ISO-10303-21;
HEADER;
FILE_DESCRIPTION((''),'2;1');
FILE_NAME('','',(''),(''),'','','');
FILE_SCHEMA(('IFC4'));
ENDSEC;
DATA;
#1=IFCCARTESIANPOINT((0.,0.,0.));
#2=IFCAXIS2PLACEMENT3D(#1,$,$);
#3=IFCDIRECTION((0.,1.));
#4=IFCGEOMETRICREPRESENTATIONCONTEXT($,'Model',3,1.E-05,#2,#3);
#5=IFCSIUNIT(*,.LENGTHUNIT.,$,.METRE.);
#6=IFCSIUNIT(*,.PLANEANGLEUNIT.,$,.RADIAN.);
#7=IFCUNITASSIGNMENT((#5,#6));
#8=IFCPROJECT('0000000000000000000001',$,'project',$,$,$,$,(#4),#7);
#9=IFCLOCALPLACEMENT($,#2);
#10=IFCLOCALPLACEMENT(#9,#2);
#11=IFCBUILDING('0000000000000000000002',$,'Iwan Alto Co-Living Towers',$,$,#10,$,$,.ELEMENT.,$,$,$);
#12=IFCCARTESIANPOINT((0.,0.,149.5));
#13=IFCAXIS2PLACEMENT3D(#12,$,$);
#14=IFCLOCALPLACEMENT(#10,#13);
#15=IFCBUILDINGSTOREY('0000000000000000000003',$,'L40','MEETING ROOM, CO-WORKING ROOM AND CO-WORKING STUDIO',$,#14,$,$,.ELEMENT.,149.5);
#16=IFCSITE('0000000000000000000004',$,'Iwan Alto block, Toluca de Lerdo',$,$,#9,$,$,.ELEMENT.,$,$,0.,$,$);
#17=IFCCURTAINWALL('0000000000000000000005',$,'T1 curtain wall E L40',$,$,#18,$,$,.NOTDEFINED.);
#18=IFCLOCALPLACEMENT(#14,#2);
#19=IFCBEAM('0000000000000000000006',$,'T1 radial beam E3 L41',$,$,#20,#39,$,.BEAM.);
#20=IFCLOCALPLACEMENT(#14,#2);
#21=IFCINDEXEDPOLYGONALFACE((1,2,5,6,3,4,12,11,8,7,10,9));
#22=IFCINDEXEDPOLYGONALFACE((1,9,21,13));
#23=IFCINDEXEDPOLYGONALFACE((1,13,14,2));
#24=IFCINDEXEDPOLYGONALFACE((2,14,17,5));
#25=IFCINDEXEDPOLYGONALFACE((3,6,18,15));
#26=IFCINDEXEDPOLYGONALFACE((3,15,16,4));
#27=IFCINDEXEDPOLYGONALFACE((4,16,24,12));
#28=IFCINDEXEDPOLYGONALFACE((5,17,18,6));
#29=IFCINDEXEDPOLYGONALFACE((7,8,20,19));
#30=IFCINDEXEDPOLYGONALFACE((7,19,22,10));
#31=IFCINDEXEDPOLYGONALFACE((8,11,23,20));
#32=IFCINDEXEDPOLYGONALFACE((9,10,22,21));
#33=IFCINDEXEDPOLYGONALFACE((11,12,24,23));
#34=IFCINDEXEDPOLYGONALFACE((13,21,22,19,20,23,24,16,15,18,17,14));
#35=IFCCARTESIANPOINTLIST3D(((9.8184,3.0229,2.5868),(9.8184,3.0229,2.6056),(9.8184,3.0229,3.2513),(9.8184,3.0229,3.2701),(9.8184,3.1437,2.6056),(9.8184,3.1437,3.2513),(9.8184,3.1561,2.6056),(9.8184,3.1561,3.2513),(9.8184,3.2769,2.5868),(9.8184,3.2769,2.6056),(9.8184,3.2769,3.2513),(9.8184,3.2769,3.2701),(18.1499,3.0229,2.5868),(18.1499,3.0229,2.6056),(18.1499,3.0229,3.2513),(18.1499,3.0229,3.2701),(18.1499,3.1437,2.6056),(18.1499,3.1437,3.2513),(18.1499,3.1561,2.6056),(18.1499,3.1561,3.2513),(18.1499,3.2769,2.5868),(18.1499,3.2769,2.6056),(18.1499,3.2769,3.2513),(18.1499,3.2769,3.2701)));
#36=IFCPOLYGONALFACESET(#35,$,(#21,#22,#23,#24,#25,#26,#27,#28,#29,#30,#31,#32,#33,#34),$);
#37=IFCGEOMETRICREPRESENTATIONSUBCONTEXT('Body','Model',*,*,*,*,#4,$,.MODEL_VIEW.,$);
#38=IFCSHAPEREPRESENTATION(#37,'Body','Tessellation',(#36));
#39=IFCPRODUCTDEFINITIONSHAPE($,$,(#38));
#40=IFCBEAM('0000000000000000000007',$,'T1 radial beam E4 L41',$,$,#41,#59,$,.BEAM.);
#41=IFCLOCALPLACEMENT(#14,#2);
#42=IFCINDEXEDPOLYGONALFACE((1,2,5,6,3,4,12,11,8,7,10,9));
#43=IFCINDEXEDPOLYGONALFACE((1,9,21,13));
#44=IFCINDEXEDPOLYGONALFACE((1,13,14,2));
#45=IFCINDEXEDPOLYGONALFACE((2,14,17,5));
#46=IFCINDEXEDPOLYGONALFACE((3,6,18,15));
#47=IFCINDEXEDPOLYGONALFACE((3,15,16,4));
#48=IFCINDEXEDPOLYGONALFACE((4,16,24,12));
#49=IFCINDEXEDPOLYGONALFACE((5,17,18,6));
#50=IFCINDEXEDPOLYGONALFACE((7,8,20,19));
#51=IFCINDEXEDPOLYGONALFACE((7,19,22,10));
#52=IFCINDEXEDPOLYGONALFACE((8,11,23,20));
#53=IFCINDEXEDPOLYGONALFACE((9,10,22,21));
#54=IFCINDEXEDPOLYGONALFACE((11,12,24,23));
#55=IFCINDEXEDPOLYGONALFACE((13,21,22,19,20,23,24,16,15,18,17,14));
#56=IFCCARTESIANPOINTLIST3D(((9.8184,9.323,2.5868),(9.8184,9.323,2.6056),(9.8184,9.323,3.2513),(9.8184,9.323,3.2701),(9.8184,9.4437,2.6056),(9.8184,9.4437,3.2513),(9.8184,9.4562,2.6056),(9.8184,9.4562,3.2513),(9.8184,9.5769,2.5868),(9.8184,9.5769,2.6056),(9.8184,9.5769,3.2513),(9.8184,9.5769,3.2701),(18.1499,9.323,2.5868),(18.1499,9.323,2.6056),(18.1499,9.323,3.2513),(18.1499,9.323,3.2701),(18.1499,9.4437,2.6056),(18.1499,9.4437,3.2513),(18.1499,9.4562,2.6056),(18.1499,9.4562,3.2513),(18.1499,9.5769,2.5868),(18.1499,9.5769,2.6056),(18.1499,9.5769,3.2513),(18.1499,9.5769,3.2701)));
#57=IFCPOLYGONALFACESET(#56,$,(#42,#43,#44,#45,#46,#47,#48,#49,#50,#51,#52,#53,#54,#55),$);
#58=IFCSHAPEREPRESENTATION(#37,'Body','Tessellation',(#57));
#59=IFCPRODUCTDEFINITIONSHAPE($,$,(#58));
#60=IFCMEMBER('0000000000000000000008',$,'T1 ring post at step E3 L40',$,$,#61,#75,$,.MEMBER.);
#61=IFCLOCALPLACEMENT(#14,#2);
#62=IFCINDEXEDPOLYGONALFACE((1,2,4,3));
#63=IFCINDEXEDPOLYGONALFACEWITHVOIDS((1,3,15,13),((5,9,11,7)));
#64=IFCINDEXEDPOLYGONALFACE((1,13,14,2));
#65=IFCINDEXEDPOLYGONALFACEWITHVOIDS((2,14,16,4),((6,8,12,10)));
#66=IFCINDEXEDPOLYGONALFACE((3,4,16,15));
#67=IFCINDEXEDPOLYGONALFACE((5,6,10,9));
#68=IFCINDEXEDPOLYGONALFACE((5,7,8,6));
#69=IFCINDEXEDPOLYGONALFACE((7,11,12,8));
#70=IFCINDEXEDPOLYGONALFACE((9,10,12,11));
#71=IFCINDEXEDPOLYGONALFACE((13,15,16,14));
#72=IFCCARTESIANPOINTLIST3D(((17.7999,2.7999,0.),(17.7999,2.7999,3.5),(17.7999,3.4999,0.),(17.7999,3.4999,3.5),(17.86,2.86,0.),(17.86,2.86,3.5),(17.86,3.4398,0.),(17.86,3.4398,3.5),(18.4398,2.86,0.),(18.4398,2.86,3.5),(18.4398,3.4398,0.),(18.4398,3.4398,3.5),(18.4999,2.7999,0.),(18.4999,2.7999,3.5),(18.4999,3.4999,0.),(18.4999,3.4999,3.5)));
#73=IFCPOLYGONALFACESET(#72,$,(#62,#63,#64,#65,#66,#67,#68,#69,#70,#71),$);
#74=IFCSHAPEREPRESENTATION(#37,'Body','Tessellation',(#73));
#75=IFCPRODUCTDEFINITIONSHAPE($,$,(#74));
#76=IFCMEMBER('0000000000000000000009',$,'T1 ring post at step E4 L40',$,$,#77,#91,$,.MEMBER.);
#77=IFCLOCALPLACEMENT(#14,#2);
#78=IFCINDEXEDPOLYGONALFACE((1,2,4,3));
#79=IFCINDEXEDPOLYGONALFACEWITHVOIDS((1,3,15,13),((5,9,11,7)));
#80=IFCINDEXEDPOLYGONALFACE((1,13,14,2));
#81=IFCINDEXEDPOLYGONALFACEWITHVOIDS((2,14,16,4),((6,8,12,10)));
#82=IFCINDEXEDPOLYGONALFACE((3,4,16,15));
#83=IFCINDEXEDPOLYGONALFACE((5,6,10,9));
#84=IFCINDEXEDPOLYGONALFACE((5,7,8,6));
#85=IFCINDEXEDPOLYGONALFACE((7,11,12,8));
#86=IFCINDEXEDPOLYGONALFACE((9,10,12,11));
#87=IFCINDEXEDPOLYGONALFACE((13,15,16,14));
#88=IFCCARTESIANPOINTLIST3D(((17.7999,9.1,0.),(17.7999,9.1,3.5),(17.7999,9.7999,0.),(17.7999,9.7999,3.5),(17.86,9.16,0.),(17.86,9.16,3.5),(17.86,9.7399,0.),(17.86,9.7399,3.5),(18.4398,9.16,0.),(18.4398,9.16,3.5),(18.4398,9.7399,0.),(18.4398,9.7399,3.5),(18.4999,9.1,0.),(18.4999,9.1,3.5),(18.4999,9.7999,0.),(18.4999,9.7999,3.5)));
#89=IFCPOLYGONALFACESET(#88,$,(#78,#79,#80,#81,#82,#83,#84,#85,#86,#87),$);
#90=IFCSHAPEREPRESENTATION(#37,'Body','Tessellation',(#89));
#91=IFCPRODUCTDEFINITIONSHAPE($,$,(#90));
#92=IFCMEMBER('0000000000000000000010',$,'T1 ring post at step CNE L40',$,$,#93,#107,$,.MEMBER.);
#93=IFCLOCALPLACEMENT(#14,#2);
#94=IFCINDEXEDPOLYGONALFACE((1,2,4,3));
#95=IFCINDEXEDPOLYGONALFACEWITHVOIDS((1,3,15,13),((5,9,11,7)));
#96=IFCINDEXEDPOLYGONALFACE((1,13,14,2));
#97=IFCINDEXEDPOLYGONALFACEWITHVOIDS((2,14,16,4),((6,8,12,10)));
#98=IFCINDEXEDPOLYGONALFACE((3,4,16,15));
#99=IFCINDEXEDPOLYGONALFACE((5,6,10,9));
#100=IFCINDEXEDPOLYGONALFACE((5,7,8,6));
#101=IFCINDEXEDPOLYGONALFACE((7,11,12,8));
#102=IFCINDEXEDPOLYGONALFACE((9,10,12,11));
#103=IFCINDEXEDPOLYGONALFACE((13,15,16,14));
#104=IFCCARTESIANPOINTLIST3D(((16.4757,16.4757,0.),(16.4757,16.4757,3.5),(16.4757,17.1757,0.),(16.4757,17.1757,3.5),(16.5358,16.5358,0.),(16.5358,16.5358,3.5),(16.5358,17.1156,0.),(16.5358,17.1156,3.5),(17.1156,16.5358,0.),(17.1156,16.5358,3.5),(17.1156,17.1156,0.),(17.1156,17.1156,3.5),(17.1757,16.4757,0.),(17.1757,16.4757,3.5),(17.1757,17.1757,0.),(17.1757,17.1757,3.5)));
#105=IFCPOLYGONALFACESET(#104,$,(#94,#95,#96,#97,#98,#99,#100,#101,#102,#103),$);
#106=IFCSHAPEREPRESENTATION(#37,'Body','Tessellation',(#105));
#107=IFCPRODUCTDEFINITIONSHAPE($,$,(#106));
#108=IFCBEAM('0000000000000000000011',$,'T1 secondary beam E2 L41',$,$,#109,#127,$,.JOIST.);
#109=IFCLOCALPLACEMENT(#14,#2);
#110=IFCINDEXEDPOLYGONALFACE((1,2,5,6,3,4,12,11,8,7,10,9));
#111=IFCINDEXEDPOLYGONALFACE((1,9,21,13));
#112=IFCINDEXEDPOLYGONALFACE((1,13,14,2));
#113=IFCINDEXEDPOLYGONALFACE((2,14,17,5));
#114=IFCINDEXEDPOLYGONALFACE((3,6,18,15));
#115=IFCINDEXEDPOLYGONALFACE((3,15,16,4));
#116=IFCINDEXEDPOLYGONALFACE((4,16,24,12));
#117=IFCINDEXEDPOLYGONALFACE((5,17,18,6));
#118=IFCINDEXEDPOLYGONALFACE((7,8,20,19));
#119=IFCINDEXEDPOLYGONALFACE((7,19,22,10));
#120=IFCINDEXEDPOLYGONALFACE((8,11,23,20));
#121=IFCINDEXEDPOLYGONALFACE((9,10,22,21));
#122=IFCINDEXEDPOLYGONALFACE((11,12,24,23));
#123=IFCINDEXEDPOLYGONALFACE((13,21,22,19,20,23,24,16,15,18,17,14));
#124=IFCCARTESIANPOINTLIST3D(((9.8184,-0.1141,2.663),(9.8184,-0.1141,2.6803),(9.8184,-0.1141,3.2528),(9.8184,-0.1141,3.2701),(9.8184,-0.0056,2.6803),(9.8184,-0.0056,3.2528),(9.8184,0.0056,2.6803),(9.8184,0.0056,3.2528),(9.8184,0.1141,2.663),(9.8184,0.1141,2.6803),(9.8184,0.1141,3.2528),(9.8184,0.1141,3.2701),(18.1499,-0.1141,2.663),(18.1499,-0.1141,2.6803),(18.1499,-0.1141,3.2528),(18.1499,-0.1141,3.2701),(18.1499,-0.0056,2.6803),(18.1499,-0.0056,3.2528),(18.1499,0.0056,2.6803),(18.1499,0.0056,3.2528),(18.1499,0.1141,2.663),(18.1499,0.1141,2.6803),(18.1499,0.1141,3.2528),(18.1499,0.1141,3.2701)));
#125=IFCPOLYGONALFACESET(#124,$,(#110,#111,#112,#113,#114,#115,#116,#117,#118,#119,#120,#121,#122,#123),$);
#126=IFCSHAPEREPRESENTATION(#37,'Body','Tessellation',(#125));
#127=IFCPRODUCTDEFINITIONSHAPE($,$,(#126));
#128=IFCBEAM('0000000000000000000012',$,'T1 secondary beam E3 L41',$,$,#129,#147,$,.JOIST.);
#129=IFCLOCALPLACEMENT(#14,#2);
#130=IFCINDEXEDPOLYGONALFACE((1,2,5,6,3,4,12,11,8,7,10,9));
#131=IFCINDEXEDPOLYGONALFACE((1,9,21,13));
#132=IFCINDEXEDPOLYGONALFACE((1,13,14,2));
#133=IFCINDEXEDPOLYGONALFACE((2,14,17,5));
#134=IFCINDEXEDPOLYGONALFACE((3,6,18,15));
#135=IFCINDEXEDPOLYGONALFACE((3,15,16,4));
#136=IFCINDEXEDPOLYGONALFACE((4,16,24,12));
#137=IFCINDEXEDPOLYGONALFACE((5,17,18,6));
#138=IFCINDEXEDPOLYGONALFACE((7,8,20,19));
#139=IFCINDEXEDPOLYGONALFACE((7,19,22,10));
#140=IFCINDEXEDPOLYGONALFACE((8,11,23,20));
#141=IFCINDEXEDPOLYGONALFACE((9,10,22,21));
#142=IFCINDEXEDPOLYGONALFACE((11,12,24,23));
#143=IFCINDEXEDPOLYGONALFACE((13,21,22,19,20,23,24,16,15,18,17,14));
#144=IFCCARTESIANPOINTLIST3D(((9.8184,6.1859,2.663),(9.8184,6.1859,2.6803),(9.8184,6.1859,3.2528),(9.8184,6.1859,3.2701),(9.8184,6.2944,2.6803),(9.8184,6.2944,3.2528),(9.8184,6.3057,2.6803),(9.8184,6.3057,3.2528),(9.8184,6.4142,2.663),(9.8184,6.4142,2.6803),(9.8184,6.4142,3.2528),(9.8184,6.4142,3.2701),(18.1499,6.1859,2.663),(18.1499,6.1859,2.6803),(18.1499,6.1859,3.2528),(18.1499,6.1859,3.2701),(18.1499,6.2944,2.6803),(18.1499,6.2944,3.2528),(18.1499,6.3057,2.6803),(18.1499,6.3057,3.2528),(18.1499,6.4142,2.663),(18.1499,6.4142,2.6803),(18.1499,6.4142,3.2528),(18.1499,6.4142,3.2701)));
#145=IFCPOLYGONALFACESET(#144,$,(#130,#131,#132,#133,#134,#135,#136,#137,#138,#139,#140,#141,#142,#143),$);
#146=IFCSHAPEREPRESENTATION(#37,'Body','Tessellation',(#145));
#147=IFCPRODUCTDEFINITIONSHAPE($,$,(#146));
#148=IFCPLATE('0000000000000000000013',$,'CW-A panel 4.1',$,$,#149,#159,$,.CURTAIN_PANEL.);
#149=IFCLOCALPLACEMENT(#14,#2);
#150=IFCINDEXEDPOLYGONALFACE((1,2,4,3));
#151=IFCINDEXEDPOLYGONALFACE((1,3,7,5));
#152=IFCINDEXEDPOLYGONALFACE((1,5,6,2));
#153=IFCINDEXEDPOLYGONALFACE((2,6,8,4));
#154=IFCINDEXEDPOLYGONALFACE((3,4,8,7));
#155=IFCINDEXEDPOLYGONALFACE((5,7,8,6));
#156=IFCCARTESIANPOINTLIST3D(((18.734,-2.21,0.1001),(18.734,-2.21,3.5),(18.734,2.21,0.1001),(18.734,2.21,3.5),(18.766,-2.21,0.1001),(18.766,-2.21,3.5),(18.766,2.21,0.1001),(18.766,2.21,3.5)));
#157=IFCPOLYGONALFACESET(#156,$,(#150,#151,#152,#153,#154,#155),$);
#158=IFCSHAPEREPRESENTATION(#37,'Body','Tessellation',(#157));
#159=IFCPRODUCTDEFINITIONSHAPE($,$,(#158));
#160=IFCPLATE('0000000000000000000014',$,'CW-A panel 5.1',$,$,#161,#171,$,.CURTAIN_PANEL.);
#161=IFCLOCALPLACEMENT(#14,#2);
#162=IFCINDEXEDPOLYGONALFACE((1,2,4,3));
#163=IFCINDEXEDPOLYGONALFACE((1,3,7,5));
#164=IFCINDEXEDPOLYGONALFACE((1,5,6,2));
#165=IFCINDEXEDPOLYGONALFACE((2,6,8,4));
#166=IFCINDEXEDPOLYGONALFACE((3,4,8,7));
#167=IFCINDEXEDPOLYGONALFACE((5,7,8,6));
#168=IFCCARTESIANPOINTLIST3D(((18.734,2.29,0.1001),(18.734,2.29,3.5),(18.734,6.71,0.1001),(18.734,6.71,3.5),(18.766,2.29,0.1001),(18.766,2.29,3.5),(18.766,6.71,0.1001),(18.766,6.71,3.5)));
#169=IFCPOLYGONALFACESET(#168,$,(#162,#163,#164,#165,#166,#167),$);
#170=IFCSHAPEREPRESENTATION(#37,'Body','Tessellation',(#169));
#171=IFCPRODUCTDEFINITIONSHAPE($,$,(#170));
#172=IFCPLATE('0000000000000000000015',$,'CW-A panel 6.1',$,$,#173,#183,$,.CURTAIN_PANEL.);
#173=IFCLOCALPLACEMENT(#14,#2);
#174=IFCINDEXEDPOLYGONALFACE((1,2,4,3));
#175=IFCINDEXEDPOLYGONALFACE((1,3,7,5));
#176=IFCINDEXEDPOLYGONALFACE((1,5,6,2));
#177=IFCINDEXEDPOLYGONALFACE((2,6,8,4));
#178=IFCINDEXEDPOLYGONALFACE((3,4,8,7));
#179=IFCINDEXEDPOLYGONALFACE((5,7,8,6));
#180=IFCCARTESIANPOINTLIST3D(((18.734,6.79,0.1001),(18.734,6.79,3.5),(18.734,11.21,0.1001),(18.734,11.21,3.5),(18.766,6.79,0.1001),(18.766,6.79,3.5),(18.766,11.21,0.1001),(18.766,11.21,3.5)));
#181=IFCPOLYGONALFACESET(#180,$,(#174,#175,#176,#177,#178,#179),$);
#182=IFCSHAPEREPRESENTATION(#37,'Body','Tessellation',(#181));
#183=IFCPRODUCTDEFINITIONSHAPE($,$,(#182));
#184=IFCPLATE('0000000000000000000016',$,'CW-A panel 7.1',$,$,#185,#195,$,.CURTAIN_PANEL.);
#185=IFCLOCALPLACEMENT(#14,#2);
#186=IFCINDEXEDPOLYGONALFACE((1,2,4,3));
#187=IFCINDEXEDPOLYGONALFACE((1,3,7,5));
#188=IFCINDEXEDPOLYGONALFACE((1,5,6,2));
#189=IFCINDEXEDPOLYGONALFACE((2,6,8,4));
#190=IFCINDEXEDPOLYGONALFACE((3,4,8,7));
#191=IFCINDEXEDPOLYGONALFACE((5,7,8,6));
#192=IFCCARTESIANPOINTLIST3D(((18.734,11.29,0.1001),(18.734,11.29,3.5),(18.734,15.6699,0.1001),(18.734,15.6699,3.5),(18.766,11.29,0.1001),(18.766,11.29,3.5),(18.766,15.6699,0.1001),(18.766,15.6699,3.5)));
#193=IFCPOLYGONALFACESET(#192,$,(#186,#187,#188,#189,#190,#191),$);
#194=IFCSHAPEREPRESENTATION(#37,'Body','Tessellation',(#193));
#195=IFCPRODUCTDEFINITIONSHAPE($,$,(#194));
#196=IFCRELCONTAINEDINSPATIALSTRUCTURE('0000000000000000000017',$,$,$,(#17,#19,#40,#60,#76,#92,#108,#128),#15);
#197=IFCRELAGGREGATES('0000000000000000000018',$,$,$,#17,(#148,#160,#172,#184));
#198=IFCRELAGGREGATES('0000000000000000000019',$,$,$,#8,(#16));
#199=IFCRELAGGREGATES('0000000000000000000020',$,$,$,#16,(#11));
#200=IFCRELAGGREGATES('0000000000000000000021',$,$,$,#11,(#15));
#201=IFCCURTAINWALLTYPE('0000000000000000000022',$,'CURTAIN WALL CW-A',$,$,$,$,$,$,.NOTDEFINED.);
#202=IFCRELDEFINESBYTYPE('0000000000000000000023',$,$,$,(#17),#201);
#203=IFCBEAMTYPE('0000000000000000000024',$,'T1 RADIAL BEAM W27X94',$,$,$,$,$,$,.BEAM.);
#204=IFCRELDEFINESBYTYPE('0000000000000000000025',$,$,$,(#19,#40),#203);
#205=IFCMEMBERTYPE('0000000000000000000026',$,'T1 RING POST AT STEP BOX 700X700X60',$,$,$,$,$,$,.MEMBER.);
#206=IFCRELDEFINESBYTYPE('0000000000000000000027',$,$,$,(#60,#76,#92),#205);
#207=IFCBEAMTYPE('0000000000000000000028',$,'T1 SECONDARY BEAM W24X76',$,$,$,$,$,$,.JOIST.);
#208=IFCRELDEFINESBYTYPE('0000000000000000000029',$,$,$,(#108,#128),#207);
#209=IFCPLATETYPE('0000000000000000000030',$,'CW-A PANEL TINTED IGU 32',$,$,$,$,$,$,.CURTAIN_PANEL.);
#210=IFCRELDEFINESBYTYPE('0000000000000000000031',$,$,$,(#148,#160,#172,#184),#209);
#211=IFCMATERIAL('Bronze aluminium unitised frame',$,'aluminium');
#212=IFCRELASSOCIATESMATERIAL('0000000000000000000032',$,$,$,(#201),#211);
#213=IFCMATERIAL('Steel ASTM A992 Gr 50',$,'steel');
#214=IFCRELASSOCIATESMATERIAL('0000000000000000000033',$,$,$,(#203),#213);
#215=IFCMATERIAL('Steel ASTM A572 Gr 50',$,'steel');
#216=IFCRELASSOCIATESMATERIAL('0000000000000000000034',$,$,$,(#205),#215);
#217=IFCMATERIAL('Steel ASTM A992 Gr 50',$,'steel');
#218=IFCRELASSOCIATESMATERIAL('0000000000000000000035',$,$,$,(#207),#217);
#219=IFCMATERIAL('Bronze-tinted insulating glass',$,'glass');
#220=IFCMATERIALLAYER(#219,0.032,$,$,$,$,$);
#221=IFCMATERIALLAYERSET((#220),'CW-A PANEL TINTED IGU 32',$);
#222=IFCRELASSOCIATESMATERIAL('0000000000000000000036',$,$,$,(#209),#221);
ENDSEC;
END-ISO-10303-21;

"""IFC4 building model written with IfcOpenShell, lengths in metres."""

from ifc_helpers import new_model, si_unit, direction, frame, origin, origin_2d, place, context, subcontext, project, spatial, rectangle, hollow_rectangle, i_section, extrude, material, layer, layer_set, material_profile, profile_set, type_object, element, aggregate, save


model = new_model("IFC4")

# Units and contexts
model_context = context("Model", 3, precision=1e-05, world=origin(), true_north=direction((0.0, 1.0)))
body_context = subcontext(model_context, "Body", "Model", "MODEL_VIEW")
ifc_project = project(units=[si_unit("LENGTHUNIT", "METRE"), si_unit("PLANEANGLEUNIT", "RADIAN")], contexts=[model_context])

# Site, building, storey
site_placement = place(None, origin())
site = spatial("IfcSite", under=ifc_project, at=site_placement, Name="Iwan Alto block, Toluca de Lerdo", CompositionType="ELEMENT", RefElevation=0.0)
building_placement = place(site_placement, origin())
building = spatial("IfcBuilding", under=site, at=building_placement, Name="Iwan Alto Co-Living Towers", CompositionType="ELEMENT")
storey_placement = place(building_placement, frame((0.0, 0.0, 149.5)))
storey = spatial("IfcBuildingStorey", under=building, at=storey_placement, Name="L40", Description="MEETING ROOM, CO-WORKING ROOM AND CO-WORKING STUDIO", CompositionType="ELEMENT", Elevation=149.5)

# Curtain wall
ifc_material_1 = material(Name="Bronze aluminium unitised frame", Category="aluminium")
curtain_wall_type_1 = type_object("IfcCurtainWallType", Name="CURTAIN WALL CW-A", PredefinedType="NOTDEFINED", material=ifc_material_1)
curtain_wall_1_placement = place(storey_placement, origin())
curtain_wall_1 = element("IfcCurtainWall", 1, at=curtain_wall_1_placement, inside=storey, type_object=curtain_wall_type_1, Name="T1 curtain wall E L40", PredefinedType="NOTDEFINED")

# Beams
ifc_material_2 = material(Name="Steel ASTM A992 Gr 50", Category="steel")
ifc_material_profile_1 = material_profile(ifc_material_2, i_section(OverallWidth=0.2539, OverallDepth=0.6833, WebThickness=0.0125, FlangeThickness=0.0188, at=origin_2d()), Name="W27X94")
ifc_profile_set_1 = profile_set([ifc_material_profile_1], Name="Steel ASTM A992 Gr 50")
beam_type_1 = type_object("IfcBeamType", Name="T1 RADIAL BEAM W27X94", PredefinedType="BEAM", material=ifc_profile_set_1)
for number, where, z_axis, x_axis, name in (
    (2, (18.1499, 3.1499, 2.9285), (-1.0, 0.0, 0.0), (0.0, -1.0, 0.0), "T1 radial beam E3 L41"),
    (3, (18.1499, 9.45, 2.9285), (-1.0, 0.0, 0.0), (0.0, -1.0, 0.0), "T1 radial beam E4 L41"),
):
    element("IfcBeam", number, at=place(storey_placement, frame(where, z_axis=z_axis, x_axis=x_axis)), inside=storey, type_object=beam_type_1, Name=name, PredefinedType="BEAM", context=body_context, shape_type="SweptSolid", body=[
        extrude(i_section(OverallWidth=0.2539, OverallDepth=0.6833, WebThickness=0.0125, FlangeThickness=0.0188, at=origin_2d()), origin(), (0.0, 0.0, 1.0), 8.3315),
    ])

# Members
ifc_material_3 = material(Name="Steel ASTM A572 Gr 50", Category="steel")
ifc_material_profile_2 = material_profile(ifc_material_3, hollow_rectangle(XDim=0.7, YDim=0.7, WallThickness=0.0601, at=origin_2d()), Name="BOX 700X700X60")
ifc_profile_set_2 = profile_set([ifc_material_profile_2], Name="Steel ASTM A572 Gr 50")
member_type_1 = type_object("IfcMemberType", Name="T1 RING POST AT STEP BOX 700X700X60", PredefinedType="MEMBER", material=ifc_profile_set_2)
for number, where, z_axis, x_axis, name in (
    (4, (18.1499, 3.1499, 0.0), (0.0, 0.0, 1.0), (1.0, 0.0, 0.0), "T1 ring post at step E3 L40"),
    (5, (18.1499, 9.45, 0.0), (0.0, 0.0, 1.0), (1.0, 0.0, 0.0), "T1 ring post at step E4 L40"),
    (6, (16.8257, 16.8257, 0.0), (0.0, 0.0, 1.0), (1.0, 0.0, 0.0), "T1 ring post at step CNE L40"),
):
    element("IfcMember", number, at=place(storey_placement, frame(where, z_axis=z_axis, x_axis=x_axis)), inside=storey, type_object=member_type_1, Name=name, PredefinedType="MEMBER", context=body_context, shape_type="SweptSolid", body=[
        extrude(hollow_rectangle(XDim=0.7, YDim=0.7, WallThickness=0.0601, at=origin_2d()), origin(), (0.0, 0.0, 1.0), 3.5),
    ])

# Beams
ifc_material_4 = material(Name="Steel ASTM A992 Gr 50", Category="steel")
ifc_material_profile_3 = material_profile(ifc_material_4, i_section(OverallWidth=0.2283, OverallDepth=0.6072, WebThickness=0.0112, FlangeThickness=0.0173, at=origin_2d()), Name="W24X76")
ifc_profile_set_3 = profile_set([ifc_material_profile_3], Name="Steel ASTM A992 Gr 50")
beam_type_2 = type_object("IfcBeamType", Name="T1 SECONDARY BEAM W24X76", PredefinedType="JOIST", material=ifc_profile_set_3)
for number, where, z_axis, x_axis, name in (
    (7, (18.1499, 0.0, 2.9666), (-1.0, 0.0, 0.0), (0.0, -1.0, 0.0), "T1 secondary beam E2 L41"),
    (8, (18.1499, 6.3, 2.9666), (-1.0, 0.0, 0.0), (0.0, -1.0, 0.0), "T1 secondary beam E3 L41"),
):
    element("IfcBeam", number, at=place(storey_placement, frame(where, z_axis=z_axis, x_axis=x_axis)), inside=storey, type_object=beam_type_2, Name=name, PredefinedType="JOIST", context=body_context, shape_type="SweptSolid", body=[
        extrude(i_section(OverallWidth=0.2283, OverallDepth=0.6072, WebThickness=0.0112, FlangeThickness=0.0173, at=origin_2d()), origin(), (0.0, 0.0, 1.0), 8.3315),
    ])

# Plates
ifc_material_5 = material(Name="Bronze-tinted insulating glass", Category="glass")
ifc_layer_1 = layer(ifc_material_5, 0.032)
ifc_layer_set_1 = layer_set([ifc_layer_1], Name="CW-A PANEL TINTED IGU 32")
plate_type_1 = type_object("IfcPlateType", Name="CW-A PANEL TINTED IGU 32", PredefinedType="CURTAIN_PANEL", material=ifc_layer_set_1)
plate_1_placement = place(storey_placement, frame((18.75, 0.0, 0.1001), z_axis=(0.0, 0.0, 1.0), x_axis=(0.0, 1.0, 0.0)))
plate_1 = element("IfcPlate", 9, at=plate_1_placement, type_object=plate_type_1, Name="CW-A panel 4.1", PredefinedType="CURTAIN_PANEL", context=body_context, shape_type="SweptSolid", body=[
    extrude(rectangle(XDim=4.4199, YDim=0.032, at=origin_2d()), origin(), (0.0, 0.0, 1.0), 3.3999),
])
plate_2_placement = place(storey_placement, frame((18.75, 4.5, 0.1001), z_axis=(0.0, 0.0, 1.0), x_axis=(0.0, 1.0, 0.0)))
plate_2 = element("IfcPlate", 10, at=plate_2_placement, type_object=plate_type_1, Name="CW-A panel 5.1", PredefinedType="CURTAIN_PANEL", context=body_context, shape_type="SweptSolid", body=[
    extrude(rectangle(XDim=4.4199, YDim=0.032, at=origin_2d()), origin(), (0.0, 0.0, 1.0), 3.3999),
])
plate_3_placement = place(storey_placement, frame((18.75, 9.0, 0.1001), z_axis=(0.0, 0.0, 1.0), x_axis=(0.0, 1.0, 0.0)))
plate_3 = element("IfcPlate", 11, at=plate_3_placement, type_object=plate_type_1, Name="CW-A panel 6.1", PredefinedType="CURTAIN_PANEL", context=body_context, shape_type="SweptSolid", body=[
    extrude(rectangle(XDim=4.4199, YDim=0.032, at=origin_2d()), origin(), (0.0, 0.0, 1.0), 3.3999),
])
plate_4_placement = place(storey_placement, frame((18.75, 13.48, 0.1001), z_axis=(0.0, 0.0, 1.0), x_axis=(0.0, 1.0, 0.0)))
plate_4 = element("IfcPlate", 12, at=plate_4_placement, type_object=plate_type_1, Name="CW-A panel 7.1", PredefinedType="CURTAIN_PANEL", context=body_context, shape_type="SweptSolid", body=[
    extrude(rectangle(XDim=4.3799, YDim=0.032, at=origin_2d()), origin(), (0.0, 0.0, 1.0), 3.3999),
])
aggregate(curtain_wall_1, [plate_1, plate_2, plate_3, plate_4])

save(model, "model.ifc")
